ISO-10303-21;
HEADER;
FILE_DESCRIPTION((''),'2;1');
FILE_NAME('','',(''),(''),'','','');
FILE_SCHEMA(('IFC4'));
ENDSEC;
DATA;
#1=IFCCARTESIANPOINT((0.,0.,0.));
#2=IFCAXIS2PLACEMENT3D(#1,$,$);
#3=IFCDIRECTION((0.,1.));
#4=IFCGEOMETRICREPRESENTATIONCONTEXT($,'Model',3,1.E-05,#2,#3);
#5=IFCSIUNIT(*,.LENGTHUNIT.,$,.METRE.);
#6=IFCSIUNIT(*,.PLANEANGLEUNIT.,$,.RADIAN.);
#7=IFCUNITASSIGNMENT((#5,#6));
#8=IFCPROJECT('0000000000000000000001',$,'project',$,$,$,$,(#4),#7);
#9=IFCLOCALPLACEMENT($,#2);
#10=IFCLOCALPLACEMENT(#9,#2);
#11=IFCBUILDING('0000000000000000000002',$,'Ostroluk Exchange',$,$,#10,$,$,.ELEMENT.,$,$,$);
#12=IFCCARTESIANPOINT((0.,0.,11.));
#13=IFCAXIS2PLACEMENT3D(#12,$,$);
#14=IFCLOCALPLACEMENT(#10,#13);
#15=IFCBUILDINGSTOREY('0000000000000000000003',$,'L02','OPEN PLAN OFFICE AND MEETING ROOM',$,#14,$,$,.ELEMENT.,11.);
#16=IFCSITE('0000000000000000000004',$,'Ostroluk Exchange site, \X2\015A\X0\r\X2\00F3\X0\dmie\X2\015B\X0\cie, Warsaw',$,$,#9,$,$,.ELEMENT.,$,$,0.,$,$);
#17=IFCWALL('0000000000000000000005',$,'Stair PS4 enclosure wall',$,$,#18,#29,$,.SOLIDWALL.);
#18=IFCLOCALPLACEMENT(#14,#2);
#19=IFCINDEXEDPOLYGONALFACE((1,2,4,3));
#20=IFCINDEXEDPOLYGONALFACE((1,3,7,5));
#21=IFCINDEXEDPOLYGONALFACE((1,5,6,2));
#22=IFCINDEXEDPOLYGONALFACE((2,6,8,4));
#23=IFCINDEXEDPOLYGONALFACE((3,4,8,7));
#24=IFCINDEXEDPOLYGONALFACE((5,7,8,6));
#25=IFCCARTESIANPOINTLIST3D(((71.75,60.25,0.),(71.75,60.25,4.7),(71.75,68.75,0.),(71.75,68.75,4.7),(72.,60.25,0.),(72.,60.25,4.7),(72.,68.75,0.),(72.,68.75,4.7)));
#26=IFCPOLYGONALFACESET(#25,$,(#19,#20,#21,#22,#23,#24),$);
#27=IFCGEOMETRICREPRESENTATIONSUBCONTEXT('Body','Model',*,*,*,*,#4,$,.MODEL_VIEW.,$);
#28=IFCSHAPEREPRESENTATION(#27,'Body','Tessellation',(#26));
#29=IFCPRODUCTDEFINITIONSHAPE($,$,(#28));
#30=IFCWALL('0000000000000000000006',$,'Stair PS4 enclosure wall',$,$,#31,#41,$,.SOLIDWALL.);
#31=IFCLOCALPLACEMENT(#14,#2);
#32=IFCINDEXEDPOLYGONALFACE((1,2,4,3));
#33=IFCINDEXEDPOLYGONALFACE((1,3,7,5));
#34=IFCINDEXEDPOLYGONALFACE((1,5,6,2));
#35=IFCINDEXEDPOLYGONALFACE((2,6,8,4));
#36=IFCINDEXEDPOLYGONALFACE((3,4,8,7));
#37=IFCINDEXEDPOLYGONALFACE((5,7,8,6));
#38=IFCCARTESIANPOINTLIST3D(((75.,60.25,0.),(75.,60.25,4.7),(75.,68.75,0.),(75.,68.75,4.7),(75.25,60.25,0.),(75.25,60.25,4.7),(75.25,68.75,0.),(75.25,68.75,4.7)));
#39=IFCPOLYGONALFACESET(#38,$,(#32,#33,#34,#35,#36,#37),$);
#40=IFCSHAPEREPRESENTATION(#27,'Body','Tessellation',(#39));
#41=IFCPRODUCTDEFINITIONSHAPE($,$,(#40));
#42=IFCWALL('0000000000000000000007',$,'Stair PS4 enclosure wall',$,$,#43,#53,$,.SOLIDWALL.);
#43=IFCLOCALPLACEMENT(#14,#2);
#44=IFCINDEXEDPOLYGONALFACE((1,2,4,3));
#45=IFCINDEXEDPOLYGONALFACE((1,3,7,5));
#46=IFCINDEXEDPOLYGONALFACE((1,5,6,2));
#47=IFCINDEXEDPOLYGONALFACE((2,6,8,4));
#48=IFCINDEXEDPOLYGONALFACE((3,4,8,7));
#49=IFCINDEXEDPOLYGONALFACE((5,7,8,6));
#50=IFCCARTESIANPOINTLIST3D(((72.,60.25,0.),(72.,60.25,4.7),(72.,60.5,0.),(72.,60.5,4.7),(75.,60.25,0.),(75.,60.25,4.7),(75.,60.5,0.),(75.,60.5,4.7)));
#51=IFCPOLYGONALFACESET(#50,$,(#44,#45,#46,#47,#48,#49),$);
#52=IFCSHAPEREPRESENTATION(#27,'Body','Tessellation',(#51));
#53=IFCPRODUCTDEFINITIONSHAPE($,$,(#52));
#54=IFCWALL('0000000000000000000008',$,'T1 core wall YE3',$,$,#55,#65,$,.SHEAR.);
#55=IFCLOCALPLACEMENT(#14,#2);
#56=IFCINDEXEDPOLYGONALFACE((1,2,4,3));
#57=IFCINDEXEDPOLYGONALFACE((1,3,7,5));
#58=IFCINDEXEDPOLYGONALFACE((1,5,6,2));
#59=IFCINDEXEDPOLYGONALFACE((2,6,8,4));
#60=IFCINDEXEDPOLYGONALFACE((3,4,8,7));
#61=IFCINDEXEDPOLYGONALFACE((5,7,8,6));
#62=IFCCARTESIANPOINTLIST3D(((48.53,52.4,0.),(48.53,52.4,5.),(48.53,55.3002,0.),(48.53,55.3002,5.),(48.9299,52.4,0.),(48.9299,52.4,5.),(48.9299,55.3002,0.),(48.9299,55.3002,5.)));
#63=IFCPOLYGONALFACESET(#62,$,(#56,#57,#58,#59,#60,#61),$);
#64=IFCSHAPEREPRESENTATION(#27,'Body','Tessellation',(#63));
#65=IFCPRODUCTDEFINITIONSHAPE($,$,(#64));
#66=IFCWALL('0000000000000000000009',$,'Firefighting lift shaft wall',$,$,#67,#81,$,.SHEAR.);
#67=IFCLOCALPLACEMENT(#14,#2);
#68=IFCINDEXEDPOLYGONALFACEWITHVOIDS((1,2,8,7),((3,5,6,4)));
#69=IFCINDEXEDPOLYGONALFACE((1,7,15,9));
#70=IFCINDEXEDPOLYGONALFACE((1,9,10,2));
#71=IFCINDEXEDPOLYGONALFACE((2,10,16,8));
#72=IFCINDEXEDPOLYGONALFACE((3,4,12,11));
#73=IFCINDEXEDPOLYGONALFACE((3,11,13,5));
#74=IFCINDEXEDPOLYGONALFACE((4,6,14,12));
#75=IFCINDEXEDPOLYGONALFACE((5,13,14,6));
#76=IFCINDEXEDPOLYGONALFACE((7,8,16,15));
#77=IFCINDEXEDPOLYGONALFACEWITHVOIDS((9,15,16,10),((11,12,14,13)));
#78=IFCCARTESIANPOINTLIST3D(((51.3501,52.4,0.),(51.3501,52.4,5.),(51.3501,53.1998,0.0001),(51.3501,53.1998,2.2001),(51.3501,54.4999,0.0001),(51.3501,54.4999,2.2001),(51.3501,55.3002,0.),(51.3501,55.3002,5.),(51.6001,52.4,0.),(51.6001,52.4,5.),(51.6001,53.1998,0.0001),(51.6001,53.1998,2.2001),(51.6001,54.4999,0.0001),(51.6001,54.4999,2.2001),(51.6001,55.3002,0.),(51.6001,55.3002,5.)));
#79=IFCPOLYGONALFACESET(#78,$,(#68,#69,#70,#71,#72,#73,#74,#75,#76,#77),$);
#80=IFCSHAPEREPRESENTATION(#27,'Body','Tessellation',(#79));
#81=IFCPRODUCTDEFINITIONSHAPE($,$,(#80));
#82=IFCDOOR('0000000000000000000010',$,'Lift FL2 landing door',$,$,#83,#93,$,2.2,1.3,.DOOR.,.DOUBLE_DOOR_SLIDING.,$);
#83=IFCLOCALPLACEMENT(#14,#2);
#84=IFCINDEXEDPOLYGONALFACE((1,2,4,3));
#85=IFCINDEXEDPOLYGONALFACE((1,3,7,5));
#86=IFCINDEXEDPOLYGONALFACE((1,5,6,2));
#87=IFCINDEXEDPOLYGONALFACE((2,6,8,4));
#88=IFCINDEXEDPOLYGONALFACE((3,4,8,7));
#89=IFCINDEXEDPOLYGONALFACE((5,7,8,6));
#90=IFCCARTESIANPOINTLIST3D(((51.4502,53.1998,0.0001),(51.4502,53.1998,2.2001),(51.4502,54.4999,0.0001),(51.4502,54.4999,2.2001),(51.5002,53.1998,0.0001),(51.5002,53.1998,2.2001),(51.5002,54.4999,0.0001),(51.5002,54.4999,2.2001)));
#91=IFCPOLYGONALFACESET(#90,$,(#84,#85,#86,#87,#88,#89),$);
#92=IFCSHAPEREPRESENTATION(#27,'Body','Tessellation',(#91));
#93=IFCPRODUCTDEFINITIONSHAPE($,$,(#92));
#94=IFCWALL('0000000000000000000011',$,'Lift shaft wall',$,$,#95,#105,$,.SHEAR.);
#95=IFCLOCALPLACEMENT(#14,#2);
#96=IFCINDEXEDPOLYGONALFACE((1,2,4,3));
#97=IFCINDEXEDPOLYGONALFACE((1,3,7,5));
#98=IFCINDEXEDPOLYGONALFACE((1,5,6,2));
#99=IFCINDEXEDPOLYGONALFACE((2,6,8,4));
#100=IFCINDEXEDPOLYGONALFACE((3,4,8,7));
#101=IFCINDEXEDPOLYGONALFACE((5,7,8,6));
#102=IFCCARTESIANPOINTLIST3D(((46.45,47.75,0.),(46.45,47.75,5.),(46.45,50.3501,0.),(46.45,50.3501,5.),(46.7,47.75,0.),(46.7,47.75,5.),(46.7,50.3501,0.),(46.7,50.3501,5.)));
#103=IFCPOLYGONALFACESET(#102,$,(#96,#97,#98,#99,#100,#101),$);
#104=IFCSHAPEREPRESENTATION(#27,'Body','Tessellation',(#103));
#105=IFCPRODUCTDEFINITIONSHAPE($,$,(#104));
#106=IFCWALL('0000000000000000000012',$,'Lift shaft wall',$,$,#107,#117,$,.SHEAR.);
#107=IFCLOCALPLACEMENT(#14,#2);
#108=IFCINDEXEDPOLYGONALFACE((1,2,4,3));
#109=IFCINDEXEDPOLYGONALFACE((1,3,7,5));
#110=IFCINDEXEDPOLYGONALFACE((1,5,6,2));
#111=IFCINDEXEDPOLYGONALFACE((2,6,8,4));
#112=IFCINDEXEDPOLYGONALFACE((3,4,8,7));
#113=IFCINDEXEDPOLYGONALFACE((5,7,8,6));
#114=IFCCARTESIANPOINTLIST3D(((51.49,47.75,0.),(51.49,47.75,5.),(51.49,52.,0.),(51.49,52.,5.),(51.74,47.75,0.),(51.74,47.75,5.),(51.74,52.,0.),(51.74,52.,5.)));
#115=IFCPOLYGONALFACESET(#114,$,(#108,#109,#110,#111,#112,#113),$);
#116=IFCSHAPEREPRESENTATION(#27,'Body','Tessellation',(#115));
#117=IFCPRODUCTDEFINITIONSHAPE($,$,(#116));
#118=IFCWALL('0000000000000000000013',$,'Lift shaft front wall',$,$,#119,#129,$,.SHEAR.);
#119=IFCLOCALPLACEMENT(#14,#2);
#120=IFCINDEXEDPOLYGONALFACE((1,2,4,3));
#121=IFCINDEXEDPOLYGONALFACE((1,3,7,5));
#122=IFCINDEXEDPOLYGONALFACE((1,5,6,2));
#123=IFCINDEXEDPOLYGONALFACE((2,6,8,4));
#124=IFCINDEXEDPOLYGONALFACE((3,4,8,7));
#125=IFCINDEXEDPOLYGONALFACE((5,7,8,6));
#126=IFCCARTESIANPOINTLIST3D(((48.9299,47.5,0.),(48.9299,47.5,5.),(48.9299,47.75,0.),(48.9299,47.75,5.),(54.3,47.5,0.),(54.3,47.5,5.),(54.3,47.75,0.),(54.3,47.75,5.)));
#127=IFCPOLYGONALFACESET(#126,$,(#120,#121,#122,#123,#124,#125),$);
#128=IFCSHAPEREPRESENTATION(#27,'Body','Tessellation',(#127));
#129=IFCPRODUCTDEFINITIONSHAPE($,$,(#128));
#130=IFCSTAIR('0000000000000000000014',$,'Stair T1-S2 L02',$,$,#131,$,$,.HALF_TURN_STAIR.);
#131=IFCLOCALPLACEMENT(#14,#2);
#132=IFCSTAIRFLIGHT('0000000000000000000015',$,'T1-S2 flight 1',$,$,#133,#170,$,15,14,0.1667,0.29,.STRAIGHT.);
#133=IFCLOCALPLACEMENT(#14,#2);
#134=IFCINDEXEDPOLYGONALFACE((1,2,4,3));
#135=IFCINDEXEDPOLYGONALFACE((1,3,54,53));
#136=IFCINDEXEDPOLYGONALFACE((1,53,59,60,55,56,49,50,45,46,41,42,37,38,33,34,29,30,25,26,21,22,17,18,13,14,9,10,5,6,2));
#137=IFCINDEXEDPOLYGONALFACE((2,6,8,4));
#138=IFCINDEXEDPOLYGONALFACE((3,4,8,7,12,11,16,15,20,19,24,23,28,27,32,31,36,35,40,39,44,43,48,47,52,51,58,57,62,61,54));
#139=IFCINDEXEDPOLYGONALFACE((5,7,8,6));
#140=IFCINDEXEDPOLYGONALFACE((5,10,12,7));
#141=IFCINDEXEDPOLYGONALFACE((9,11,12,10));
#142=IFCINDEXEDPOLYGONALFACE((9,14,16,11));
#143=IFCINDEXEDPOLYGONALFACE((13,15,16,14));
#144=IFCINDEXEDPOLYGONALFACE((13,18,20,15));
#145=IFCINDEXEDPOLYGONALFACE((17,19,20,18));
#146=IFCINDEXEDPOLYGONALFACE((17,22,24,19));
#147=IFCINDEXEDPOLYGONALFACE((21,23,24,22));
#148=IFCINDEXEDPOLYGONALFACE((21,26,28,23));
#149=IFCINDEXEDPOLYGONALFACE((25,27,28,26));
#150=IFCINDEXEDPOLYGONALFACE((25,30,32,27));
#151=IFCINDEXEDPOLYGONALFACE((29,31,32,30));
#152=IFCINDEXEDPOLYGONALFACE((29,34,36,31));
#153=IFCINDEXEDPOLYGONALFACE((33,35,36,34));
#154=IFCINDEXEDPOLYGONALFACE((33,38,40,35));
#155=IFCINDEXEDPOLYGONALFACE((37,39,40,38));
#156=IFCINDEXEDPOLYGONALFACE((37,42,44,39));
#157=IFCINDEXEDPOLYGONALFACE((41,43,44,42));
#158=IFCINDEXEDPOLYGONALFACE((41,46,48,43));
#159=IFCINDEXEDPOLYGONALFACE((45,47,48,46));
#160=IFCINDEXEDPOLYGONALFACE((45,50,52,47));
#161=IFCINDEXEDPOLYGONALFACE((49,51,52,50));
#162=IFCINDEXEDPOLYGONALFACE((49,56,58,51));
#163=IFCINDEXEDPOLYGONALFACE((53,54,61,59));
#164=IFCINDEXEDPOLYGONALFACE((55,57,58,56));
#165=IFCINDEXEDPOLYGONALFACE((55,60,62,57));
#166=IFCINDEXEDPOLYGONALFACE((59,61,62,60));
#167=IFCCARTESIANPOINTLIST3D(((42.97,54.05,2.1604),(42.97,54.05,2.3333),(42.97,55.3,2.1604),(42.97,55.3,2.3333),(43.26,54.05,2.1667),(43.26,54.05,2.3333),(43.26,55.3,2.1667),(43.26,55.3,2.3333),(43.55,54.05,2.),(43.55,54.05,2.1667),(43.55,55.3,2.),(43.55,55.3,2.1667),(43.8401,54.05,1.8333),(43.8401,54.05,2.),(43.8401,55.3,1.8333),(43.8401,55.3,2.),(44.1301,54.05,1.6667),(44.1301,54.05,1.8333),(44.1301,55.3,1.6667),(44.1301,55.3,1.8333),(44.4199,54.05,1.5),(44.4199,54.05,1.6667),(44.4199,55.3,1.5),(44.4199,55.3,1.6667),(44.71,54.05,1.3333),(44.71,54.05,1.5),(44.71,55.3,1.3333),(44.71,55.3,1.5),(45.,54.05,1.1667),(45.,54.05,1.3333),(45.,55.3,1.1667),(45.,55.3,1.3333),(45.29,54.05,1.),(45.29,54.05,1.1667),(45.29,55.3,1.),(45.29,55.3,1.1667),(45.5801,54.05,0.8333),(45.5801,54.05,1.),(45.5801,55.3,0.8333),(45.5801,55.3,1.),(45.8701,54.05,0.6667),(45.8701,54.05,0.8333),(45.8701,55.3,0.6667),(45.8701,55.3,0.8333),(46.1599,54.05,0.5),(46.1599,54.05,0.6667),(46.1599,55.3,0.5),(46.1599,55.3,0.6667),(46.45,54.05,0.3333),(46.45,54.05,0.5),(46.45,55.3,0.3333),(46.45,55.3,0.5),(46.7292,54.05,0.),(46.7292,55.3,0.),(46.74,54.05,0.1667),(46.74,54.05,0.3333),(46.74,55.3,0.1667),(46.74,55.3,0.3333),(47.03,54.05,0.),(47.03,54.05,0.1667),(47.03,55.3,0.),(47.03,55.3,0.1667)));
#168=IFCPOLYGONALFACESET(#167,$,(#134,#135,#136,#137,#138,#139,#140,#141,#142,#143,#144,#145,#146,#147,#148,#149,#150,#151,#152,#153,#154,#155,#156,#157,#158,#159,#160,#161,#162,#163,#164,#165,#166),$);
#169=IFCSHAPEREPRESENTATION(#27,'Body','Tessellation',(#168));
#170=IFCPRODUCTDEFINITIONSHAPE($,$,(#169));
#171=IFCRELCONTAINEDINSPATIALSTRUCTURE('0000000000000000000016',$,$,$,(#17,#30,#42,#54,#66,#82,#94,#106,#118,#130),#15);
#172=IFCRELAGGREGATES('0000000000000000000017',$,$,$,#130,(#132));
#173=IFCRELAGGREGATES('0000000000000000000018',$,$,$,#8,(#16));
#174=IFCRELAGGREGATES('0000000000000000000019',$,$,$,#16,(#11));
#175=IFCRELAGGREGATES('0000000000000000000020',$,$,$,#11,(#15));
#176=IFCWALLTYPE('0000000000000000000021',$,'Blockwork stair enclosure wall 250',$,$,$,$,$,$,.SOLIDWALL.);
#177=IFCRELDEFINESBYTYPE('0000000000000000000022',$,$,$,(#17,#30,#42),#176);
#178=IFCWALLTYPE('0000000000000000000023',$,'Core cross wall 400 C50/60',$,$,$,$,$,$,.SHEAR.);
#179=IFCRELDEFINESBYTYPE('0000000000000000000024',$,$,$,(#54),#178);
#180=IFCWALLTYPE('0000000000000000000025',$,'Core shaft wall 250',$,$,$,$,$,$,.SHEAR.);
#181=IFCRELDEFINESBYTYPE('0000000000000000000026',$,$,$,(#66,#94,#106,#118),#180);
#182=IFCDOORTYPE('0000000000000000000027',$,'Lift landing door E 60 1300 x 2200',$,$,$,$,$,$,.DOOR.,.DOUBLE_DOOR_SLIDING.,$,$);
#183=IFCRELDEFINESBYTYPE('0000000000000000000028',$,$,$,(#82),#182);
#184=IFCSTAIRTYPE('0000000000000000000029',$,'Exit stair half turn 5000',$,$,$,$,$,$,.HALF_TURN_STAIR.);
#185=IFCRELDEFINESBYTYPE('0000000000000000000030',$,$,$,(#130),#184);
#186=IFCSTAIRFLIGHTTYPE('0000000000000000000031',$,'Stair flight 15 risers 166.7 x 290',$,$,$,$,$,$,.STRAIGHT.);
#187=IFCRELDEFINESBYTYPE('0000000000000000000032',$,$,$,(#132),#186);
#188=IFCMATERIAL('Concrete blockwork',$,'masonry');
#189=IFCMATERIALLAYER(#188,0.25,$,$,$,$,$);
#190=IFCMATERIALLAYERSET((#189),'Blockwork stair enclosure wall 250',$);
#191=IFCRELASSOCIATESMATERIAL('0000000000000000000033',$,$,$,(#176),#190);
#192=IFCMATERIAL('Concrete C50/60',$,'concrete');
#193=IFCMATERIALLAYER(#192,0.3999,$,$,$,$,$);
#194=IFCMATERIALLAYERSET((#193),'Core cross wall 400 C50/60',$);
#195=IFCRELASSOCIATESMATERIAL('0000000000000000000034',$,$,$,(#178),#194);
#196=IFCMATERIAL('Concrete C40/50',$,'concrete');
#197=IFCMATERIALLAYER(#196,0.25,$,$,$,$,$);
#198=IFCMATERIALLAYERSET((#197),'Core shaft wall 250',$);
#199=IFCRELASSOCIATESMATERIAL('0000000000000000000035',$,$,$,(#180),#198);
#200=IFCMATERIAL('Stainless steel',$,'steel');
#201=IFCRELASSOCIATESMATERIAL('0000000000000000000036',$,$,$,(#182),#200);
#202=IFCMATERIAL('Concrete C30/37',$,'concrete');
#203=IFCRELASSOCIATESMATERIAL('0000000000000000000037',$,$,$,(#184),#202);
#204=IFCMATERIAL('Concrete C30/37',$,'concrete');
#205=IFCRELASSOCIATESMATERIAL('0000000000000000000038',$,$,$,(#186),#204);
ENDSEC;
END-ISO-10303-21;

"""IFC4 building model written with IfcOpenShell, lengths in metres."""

from ifc_helpers import new_model, si_unit, direction, frame, frame_2d, origin, place, context, subcontext, project, spatial, polyline, rectangle, outline, extrude, material, layer, layer_set, type_object, element, fill, aggregate, save


model = new_model("IFC4")

# Units and contexts
model_context = context("Model", 3, precision=1e-05, world=origin(), true_north=direction((0.0, 1.0)))
body_context = subcontext(model_context, "Body", "Model", "MODEL_VIEW")
ifc_project = project(units=[si_unit("LENGTHUNIT", "METRE"), si_unit("PLANEANGLEUNIT", "RADIAN")], contexts=[model_context])

# Site, building, storey
site_placement = place(None, origin())
site = spatial("IfcSite", under=ifc_project, at=site_placement, Name="Ostroluk Exchange site, Śródmieście, Warsaw", CompositionType="ELEMENT", RefElevation=0.0)
building_placement = place(site_placement, origin())
building = spatial("IfcBuilding", under=site, at=building_placement, Name="Ostroluk Exchange", CompositionType="ELEMENT")
storey_placement = place(building_placement, frame((0.0, 0.0, 11.0)))
storey = spatial("IfcBuildingStorey", under=building, at=storey_placement, Name="L02", Description="OPEN PLAN OFFICE AND MEETING ROOM", CompositionType="ELEMENT", Elevation=11.0)

# Walls
ifc_material_1 = material(Name="Concrete blockwork", Category="masonry")
ifc_layer_1 = layer(ifc_material_1, 0.25)
ifc_layer_set_1 = layer_set([ifc_layer_1], Name="Blockwork stair enclosure wall 250")
wall_type_1 = type_object("IfcWallType", Name="Blockwork stair enclosure wall 250", PredefinedType="SOLIDWALL", material=ifc_layer_set_1)
for number, where, z_axis, x_axis, name in (
    (1, (71.875, 60.25, 0.0), (0.0, 0.0, 1.0), (0.0, 1.0, 0.0), "Stair PS4 enclosure wall"),
    (2, (75.125, 60.25, 0.0), (0.0, 0.0, 1.0), (0.0, 1.0, 0.0), "Stair PS4 enclosure wall"),
):
    element("IfcWall", number, at=place(storey_placement, frame(where, z_axis=z_axis, x_axis=x_axis)), inside=storey, type_object=wall_type_1, Name=name, PredefinedType="SOLIDWALL", context=body_context, shape_type="SweptSolid", body=[
        extrude(rectangle(XDim=8.5, YDim=0.25, at=frame_2d((4.25, 0.0))), origin(), (0.0, 0.0, 1.0), 4.7),
    ])
wall_1_placement = place(storey_placement, frame((72.0, 60.375, 0.0), z_axis=(0.0, 0.0, 1.0), x_axis=(1.0, 0.0, 0.0)))
element("IfcWall", 3, at=wall_1_placement, inside=storey, type_object=wall_type_1, Name="Stair PS4 enclosure wall", PredefinedType="SOLIDWALL", context=body_context, shape_type="SweptSolid", body=[
    extrude(rectangle(XDim=3.0, YDim=0.25, at=frame_2d((1.5, 0.0))), origin(), (0.0, 0.0, 1.0), 4.7),
])
ifc_material_2 = material(Name="Concrete C50/60", Category="concrete")
ifc_layer_2 = layer(ifc_material_2, 0.3999)
ifc_layer_set_2 = layer_set([ifc_layer_2], Name="Core cross wall 400 C50/60")
wall_type_2 = type_object("IfcWallType", Name="Core cross wall 400 C50/60", PredefinedType="SHEAR", material=ifc_layer_set_2)
wall_2_placement = place(storey_placement, frame((48.73, 52.3999, 0.0), z_axis=(0.0, 0.0, 1.0), x_axis=(0.0, 1.0, 0.0)))
element("IfcWall", 4, at=wall_2_placement, inside=storey, type_object=wall_type_2, Name="T1 core wall YE3", PredefinedType="SHEAR", context=body_context, shape_type="SweptSolid", body=[
    extrude(rectangle(XDim=2.9001, YDim=0.3999, at=frame_2d((1.4502, 0.0))), origin(), (0.0, 0.0, 1.0), 5.0),
])

# Wall, opening, door
ifc_material_3 = material(Name="Concrete C40/50", Category="concrete")
ifc_layer_3 = layer(ifc_material_3, 0.25)
ifc_layer_set_3 = layer_set([ifc_layer_3], Name="Core shaft wall 250")
wall_type_3 = type_object("IfcWallType", Name="Core shaft wall 250", PredefinedType="SHEAR", material=ifc_layer_set_3)
wall_3_placement = place(storey_placement, frame((51.4751, 52.3999, 0.0), z_axis=(0.0, 0.0, 1.0), x_axis=(0.0, 1.0, 0.0)))
wall_3 = element("IfcWall", 5, at=wall_3_placement, inside=storey, type_object=wall_type_3, Name="Firefighting lift shaft wall", PredefinedType="SHEAR", context=body_context, shape_type="SweptSolid", body=[
    extrude(rectangle(XDim=2.9001, YDim=0.25, at=frame_2d((1.4502, 0.0))), origin(), (0.0, 0.0, 1.0), 5.0),
])
opening_placement = place(wall_3_placement, frame((0.8, 0.0, 0.0)))
opening = element("IfcOpeningElement", 6, at=opening_placement, cuts=wall_3, PredefinedType="OPENING", context=body_context, shape_type="SweptSolid", body=[
    extrude(rectangle(XDim=1.3, YDim=2.2, at=frame_2d((0.6499, 1.1001))), frame((0.0, 0.135, 0.0), z_axis=(0.0, -1.0, 0.0), x_axis=(1.0, 0.0, 0.0)), (0.0, 0.0, 1.0), 0.27),
])
ifc_material_4 = material(Name="Stainless steel", Category="steel")
door_type = type_object("IfcDoorType", Name="Lift landing door E 60 1300 x 2200", OperationType="DOUBLE_DOOR_SLIDING", PredefinedType="DOOR", material=ifc_material_4)
door_placement = place(opening_placement, origin())
door = element("IfcDoor", 7, at=door_placement, inside=storey, type_object=door_type, Name="Lift FL2 landing door", OperationType="DOUBLE_DOOR_SLIDING", OverallHeight=2.2, OverallWidth=1.3, PredefinedType="DOOR", context=body_context, shape_type="SweptSolid", body=[
    extrude(rectangle(XDim=1.3, YDim=2.2, at=frame_2d((0.6499, 1.1001))), frame((0.0, 0.0249, 0.0), z_axis=(0.0, -1.0, 0.0), x_axis=(1.0, 0.0, 0.0)), (0.0, 0.0, 1.0), 0.05),
])
fill(opening, door)

# Walls
wall_4_placement = place(storey_placement, frame((46.575, 47.75, 0.0), z_axis=(0.0, 0.0, 1.0), x_axis=(0.0, 1.0, 0.0)))
element("IfcWall", 8, at=wall_4_placement, inside=storey, type_object=wall_type_3, Name="Lift shaft wall", PredefinedType="SHEAR", context=body_context, shape_type="SweptSolid", body=[
    extrude(rectangle(XDim=2.6001, YDim=0.25, at=frame_2d((1.3, 0.0))), origin(), (0.0, 0.0, 1.0), 5.0),
])
wall_5_placement = place(storey_placement, frame((51.615, 47.75, 0.0), z_axis=(0.0, 0.0, 1.0), x_axis=(0.0, 1.0, 0.0)))
element("IfcWall", 9, at=wall_5_placement, inside=storey, type_object=wall_type_3, Name="Lift shaft wall", PredefinedType="SHEAR", context=body_context, shape_type="SweptSolid", body=[
    extrude(rectangle(XDim=4.25, YDim=0.25, at=frame_2d((2.125, 0.0))), origin(), (0.0, 0.0, 1.0), 5.0),
])
wall_6_placement = place(storey_placement, frame((48.9299, 47.625, 0.0), z_axis=(0.0, 0.0, 1.0), x_axis=(1.0, 0.0, 0.0)))
element("IfcWall", 10, at=wall_6_placement, inside=storey, type_object=wall_type_3, Name="Lift shaft front wall", PredefinedType="SHEAR", context=body_context, shape_type="SweptSolid", body=[
    extrude(rectangle(XDim=5.3701, YDim=0.25, at=frame_2d((2.6851, 0.0))), origin(), (0.0, 0.0, 1.0), 5.0),
])

# Stair, stair flight
ifc_material_5 = material(Name="Concrete C30/37", Category="concrete")
stair_type = type_object("IfcStairType", Name="Exit stair half turn 5000", PredefinedType="HALF_TURN_STAIR", material=ifc_material_5)
stair_placement = place(storey_placement, origin())
stair = element("IfcStair", 11, at=stair_placement, inside=storey, type_object=stair_type, Name="Stair T1-S2 L02", PredefinedType="HALF_TURN_STAIR")
ifc_material_6 = material(Name="Concrete C30/37", Category="concrete")
stair_flight_type = type_object("IfcStairFlightType", Name="Stair flight 15 risers 166.7 x 290", PredefinedType="STRAIGHT", material=ifc_material_6)
stair_flight_placement = place(storey_placement, frame((47.03, 54.675, 0.0), z_axis=(0.0, 0.0, 1.0), x_axis=(-1.0, 0.0, 0.0)))
stair_flight = element("IfcStairFlight", 12, at=stair_flight_placement, type_object=stair_flight_type, Name="T1-S2 flight 1", NumberOfRisers=15, NumberOfTreads=14, PredefinedType="STRAIGHT", RiserHeight=0.1667, TreadLength=0.29, context=body_context, shape_type="SweptSolid", body=[
    extrude(outline(polyline([(0.0, 0.0), (0.0, 0.1667), (0.29, 0.1667), (0.29, 0.3333), (0.5801, 0.3333), (0.5801, 0.5), (0.8701, 0.5), (0.8701, 0.6667), (1.1599, 0.6667), (1.1599, 0.8333), (1.45, 0.8333), (1.45, 1.0), (1.74, 1.0), (1.74, 1.1667), (2.03, 1.1667), (2.03, 1.3333), (2.3201, 1.3333), (2.3201, 1.5), (2.6101, 1.5), (2.6101, 1.6667), (2.8999, 1.6667), (2.8999, 1.8333), (3.1899, 1.8333), (3.1899, 2.0), (3.48, 2.0), (3.48, 2.1667), (3.77, 2.1667), (3.77, 2.3333), (4.0601, 2.3333), (4.0601, 2.5), (4.0601, 2.1604), (0.3008, 0.0), (0.0, 0.0)])), frame((0.0, 0.625, 0.0), z_axis=(0.0, -1.0, 0.0), x_axis=(1.0, 0.0, 0.0)), (0.0, 0.0, 1.0), 1.25),
])
aggregate(stair, [stair_flight])

save(model, "model.ifc")
